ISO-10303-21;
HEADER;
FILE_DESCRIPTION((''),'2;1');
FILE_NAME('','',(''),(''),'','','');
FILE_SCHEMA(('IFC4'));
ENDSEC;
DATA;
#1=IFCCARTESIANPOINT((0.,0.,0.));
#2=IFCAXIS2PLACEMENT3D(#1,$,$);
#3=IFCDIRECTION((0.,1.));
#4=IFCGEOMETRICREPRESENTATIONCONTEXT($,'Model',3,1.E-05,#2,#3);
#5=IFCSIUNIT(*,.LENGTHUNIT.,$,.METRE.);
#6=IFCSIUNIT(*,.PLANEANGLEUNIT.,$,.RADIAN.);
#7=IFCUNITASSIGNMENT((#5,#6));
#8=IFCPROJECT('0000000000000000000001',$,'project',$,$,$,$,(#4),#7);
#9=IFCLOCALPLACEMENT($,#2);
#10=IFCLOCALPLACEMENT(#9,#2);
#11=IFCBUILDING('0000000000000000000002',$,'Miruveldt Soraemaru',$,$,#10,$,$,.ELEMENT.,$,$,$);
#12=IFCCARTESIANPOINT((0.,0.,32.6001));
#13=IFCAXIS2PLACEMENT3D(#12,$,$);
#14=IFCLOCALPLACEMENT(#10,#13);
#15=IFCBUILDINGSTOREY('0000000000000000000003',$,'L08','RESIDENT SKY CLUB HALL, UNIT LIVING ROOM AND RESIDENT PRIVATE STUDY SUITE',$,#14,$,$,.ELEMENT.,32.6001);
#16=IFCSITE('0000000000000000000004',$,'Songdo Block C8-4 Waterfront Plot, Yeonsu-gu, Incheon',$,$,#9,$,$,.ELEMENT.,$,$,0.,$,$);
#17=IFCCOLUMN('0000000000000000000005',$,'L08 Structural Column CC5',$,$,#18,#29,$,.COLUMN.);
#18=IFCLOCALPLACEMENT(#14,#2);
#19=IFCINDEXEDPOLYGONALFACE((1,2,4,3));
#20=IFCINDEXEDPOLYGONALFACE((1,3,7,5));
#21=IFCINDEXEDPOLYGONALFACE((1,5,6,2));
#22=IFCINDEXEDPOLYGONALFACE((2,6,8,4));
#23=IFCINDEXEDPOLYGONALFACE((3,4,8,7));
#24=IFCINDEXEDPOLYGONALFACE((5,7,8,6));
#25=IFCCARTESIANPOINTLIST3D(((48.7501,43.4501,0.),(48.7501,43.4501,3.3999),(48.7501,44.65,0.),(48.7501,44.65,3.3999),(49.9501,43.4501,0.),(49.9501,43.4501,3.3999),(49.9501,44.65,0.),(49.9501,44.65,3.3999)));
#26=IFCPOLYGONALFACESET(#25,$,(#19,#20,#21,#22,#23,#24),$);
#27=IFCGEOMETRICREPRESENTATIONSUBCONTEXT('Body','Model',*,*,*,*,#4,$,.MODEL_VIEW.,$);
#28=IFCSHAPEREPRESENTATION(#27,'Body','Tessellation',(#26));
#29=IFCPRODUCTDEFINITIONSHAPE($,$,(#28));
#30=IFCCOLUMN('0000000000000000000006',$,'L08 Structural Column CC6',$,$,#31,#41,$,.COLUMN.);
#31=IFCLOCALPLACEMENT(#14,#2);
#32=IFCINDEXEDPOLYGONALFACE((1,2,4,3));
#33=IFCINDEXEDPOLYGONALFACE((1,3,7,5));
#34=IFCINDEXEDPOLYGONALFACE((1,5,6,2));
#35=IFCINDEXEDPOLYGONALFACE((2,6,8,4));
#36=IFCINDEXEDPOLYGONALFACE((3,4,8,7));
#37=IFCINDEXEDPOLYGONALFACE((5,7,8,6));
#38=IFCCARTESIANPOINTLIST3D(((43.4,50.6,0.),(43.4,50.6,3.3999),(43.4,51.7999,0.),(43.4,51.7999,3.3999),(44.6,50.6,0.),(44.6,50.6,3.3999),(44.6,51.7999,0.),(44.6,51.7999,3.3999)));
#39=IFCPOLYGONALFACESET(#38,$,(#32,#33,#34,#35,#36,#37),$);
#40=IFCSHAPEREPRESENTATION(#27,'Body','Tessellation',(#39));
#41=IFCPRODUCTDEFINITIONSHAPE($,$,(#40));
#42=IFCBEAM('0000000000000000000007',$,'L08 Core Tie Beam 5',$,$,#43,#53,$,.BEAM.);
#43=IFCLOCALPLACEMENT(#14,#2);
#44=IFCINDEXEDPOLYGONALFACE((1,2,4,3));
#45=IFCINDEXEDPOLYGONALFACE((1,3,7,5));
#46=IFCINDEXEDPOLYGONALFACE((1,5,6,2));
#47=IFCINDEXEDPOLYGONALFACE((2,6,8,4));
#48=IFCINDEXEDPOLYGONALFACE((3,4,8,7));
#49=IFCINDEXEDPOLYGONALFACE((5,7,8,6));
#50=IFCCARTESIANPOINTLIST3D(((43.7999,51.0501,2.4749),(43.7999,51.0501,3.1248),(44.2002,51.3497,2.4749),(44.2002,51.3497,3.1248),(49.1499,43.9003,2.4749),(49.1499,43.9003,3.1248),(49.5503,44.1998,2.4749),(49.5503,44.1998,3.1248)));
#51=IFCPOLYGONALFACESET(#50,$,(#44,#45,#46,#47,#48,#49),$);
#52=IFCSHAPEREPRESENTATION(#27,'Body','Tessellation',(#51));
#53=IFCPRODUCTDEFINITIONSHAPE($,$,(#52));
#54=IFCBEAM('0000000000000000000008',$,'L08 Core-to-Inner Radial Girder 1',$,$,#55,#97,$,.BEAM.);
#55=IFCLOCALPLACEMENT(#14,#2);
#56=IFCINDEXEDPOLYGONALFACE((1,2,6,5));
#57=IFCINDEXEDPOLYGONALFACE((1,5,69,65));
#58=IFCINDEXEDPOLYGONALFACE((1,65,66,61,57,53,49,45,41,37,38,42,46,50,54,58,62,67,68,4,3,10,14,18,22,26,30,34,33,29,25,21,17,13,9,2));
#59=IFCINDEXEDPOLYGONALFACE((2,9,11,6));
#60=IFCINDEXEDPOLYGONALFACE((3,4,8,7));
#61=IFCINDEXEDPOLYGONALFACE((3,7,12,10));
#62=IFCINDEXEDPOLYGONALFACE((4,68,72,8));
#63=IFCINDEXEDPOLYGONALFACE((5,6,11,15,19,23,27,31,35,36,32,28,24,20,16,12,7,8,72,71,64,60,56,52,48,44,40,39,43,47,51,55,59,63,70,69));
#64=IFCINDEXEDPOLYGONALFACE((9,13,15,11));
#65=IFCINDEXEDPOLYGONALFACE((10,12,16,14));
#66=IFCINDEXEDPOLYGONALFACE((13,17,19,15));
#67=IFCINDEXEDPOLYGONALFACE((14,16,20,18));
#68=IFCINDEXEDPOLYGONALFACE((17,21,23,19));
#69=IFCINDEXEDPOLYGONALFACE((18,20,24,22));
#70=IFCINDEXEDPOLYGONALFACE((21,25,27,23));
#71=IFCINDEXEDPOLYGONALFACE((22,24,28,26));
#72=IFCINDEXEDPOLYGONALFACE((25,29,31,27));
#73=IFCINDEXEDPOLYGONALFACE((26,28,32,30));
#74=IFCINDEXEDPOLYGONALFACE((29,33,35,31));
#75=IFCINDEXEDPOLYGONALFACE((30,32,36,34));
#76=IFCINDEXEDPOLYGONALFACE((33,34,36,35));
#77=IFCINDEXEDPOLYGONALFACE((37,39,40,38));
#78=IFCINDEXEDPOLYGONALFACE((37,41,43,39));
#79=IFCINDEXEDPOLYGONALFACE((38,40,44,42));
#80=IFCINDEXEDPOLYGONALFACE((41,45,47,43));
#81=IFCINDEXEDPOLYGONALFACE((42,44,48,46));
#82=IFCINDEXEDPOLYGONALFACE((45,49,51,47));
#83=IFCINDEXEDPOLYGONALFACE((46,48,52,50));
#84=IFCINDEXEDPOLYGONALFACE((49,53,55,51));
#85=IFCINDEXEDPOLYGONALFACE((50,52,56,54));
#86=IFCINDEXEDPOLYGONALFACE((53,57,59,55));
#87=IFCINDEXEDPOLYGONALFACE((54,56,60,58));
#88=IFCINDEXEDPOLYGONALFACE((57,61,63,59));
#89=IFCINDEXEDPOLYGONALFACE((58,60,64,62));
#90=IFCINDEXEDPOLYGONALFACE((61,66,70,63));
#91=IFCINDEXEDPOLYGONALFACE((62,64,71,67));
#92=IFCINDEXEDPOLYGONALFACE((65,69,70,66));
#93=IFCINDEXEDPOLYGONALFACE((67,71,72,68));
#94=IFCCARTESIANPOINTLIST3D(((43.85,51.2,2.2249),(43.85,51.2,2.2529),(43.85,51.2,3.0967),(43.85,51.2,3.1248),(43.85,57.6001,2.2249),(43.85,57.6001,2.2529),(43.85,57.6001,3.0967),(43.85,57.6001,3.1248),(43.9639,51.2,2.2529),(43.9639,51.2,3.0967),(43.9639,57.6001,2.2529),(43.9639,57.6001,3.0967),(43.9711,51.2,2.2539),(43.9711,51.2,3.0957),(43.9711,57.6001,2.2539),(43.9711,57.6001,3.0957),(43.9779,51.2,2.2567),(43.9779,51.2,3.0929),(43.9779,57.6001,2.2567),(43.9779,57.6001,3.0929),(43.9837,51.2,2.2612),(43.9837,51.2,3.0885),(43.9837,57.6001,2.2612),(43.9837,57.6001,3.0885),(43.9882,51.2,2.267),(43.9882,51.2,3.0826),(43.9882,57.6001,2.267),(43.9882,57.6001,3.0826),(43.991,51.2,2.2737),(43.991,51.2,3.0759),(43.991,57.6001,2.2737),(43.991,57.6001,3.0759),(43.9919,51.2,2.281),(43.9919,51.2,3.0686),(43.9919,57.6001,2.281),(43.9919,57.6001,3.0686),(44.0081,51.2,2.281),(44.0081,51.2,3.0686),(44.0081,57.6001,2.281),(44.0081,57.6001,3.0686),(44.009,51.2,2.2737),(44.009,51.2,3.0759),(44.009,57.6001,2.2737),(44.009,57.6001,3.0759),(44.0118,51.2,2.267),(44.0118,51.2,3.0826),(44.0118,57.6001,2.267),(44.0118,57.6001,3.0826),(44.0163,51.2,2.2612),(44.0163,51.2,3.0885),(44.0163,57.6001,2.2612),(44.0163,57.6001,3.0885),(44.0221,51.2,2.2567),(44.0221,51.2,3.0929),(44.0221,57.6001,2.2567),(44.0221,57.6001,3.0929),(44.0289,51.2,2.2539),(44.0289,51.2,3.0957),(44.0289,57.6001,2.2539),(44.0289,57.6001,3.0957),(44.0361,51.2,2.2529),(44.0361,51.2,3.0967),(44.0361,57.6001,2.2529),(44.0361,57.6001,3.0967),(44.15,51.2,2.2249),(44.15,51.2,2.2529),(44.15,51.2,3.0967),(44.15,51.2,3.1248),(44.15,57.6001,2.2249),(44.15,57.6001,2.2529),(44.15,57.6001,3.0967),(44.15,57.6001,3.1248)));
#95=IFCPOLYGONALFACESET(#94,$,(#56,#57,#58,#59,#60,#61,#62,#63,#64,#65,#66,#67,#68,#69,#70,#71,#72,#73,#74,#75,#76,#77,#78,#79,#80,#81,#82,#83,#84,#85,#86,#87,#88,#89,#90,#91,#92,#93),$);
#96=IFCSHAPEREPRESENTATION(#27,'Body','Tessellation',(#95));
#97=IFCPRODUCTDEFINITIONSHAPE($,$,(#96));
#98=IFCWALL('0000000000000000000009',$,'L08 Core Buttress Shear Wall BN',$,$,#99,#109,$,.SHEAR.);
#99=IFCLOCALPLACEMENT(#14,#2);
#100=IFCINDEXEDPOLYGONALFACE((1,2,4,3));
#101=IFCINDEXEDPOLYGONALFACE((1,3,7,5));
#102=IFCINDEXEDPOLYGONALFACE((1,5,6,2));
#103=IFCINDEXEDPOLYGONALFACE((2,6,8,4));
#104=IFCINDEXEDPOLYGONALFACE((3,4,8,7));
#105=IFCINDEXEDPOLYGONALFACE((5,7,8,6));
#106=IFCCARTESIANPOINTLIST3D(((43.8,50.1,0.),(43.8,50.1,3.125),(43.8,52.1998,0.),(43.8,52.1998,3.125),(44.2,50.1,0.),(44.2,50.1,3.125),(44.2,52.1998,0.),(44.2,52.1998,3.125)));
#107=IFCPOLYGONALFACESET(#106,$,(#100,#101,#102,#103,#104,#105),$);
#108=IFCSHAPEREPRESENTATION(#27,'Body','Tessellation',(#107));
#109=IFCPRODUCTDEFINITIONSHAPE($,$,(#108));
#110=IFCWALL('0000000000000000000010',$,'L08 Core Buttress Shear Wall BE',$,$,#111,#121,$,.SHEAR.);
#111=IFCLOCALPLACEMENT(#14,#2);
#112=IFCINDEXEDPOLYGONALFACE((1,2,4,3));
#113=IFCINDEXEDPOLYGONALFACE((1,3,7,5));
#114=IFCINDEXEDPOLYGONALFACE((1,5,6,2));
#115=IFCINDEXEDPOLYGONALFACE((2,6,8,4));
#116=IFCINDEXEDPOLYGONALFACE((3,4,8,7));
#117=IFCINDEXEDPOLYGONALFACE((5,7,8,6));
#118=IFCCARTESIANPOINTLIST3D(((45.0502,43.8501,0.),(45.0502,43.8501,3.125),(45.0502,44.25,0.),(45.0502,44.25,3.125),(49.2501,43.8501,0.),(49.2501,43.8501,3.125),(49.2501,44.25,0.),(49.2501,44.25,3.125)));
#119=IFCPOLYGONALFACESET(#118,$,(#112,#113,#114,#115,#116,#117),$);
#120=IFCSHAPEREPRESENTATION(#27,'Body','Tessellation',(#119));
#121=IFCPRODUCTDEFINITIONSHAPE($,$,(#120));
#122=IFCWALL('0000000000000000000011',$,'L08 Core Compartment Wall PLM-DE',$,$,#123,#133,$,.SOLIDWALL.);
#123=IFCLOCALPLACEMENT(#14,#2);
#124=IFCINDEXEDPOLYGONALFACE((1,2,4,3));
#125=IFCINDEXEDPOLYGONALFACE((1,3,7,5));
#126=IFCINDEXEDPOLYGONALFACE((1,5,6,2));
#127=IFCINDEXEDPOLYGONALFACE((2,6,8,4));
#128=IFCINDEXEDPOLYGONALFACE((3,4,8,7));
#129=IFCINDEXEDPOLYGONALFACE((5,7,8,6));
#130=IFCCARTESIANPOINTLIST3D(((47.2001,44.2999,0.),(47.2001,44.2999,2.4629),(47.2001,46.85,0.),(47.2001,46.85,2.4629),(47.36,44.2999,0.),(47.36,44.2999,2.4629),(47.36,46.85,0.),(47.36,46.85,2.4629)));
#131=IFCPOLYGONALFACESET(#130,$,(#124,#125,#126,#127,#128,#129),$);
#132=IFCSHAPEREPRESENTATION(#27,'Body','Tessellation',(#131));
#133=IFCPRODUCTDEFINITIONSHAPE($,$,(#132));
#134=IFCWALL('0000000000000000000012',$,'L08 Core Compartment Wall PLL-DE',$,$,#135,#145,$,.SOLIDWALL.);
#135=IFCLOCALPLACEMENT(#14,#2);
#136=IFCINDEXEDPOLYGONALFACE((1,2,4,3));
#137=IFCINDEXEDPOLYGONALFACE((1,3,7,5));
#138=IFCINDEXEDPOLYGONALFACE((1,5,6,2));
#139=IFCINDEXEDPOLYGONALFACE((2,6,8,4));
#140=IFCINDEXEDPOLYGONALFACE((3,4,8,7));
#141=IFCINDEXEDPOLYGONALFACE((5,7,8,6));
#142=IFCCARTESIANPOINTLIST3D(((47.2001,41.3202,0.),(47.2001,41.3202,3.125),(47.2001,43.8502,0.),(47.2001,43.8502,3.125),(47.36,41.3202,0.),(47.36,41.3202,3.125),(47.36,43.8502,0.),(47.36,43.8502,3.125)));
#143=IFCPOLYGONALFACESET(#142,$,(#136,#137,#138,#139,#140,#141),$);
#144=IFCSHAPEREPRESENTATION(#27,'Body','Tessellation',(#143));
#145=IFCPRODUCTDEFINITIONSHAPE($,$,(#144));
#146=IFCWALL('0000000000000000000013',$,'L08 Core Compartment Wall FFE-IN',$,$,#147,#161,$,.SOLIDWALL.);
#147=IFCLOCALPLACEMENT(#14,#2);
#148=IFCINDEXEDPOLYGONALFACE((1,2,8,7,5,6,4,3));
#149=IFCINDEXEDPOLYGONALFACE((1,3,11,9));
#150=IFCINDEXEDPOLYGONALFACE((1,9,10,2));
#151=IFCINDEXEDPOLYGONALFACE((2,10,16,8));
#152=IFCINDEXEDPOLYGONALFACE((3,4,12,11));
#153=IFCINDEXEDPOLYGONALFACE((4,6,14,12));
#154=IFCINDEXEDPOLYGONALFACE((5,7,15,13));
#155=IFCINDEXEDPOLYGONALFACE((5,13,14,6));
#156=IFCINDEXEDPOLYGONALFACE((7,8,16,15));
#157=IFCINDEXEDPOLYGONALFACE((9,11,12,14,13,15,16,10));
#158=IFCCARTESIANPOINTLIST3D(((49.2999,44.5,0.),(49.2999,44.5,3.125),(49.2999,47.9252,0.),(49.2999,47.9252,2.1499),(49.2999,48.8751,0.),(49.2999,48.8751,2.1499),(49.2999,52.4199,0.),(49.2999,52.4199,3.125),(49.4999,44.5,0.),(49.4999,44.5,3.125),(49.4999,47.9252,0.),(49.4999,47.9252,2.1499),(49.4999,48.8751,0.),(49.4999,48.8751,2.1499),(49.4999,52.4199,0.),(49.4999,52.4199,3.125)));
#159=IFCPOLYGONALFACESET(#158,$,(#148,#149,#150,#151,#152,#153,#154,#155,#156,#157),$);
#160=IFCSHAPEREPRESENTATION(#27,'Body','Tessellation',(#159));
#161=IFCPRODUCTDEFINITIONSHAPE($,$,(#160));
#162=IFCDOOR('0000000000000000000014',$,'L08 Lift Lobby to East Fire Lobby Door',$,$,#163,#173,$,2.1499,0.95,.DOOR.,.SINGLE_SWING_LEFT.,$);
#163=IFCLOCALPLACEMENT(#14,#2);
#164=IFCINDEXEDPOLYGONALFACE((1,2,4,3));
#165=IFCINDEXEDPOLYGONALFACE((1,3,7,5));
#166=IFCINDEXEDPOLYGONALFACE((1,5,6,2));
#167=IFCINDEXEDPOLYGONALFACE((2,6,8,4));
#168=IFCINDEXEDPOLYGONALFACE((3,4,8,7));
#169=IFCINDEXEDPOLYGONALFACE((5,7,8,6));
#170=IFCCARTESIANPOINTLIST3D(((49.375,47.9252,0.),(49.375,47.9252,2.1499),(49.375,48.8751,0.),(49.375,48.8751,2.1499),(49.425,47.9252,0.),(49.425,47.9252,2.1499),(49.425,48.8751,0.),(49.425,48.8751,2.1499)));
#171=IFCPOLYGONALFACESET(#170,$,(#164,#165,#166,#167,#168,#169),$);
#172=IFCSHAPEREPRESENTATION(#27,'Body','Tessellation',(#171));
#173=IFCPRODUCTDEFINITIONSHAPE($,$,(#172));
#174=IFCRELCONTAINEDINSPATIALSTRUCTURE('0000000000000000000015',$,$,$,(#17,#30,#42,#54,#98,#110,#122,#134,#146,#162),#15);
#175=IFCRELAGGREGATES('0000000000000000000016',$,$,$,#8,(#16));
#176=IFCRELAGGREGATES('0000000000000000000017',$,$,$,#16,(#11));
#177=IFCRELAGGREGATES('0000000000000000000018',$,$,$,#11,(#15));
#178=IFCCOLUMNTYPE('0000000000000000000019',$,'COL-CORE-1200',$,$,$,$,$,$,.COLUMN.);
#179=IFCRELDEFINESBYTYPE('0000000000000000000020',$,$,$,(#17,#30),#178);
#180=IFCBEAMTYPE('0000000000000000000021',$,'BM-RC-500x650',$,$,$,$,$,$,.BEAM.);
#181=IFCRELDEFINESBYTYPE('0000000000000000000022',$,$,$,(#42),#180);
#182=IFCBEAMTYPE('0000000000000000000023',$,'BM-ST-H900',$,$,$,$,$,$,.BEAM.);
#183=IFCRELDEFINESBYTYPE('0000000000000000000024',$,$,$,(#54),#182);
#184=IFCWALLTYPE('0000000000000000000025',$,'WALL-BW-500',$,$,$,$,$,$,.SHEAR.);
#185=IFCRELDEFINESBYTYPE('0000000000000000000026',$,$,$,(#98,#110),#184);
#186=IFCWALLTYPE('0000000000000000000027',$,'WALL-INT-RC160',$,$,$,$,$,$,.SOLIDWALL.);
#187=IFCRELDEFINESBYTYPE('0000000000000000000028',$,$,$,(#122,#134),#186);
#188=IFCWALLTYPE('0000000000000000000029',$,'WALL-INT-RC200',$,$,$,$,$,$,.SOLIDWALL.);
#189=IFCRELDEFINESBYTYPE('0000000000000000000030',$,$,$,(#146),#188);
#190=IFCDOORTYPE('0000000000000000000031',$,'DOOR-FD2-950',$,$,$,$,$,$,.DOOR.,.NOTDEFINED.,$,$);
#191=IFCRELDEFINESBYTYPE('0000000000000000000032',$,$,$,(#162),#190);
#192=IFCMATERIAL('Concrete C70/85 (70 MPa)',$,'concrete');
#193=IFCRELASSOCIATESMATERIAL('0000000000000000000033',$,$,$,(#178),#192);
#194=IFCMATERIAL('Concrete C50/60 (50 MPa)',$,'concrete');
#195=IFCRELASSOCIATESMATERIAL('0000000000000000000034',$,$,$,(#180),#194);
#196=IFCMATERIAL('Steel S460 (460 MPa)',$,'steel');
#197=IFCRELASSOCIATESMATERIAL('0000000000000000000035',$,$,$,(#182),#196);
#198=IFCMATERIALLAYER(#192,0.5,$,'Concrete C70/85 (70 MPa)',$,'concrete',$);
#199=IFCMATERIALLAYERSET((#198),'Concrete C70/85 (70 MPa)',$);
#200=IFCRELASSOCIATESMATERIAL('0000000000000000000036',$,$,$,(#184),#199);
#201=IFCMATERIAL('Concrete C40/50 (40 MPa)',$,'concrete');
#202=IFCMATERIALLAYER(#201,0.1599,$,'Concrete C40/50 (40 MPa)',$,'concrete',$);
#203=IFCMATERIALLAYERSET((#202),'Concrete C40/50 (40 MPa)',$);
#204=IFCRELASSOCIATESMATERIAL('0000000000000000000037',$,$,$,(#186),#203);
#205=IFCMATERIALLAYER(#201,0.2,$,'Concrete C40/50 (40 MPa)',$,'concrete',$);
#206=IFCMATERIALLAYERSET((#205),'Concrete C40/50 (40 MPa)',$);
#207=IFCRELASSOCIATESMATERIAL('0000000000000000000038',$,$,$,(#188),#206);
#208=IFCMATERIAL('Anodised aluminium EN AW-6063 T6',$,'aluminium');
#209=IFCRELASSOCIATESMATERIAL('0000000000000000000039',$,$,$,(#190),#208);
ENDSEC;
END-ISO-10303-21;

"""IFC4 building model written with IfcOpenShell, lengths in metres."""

from ifc_helpers import new_model, si_unit, direction, frame, frame_2d, origin, origin_2d, place, context, subcontext, project, spatial, rectangle, i_section, extrude, material, layer, layer_set, material_profile, profile_set, type_object, element, fill, save


model = new_model("IFC4")

# Units and contexts
model_context = context("Model", 3, precision=1e-05, world=origin(), true_north=direction((0.0, 1.0)))
body_context = subcontext(model_context, "Body", "Model", "MODEL_VIEW")
ifc_project = project(units=[si_unit("LENGTHUNIT", "METRE"), si_unit("PLANEANGLEUNIT", "RADIAN")], contexts=[model_context])

# Site, building, storey
site_placement = place(None, origin())
site = spatial("IfcSite", under=ifc_project, at=site_placement, Name="Songdo Block C8-4 Waterfront Plot, Yeonsu-gu, Incheon", CompositionType="ELEMENT", RefElevation=0.0)
building_placement = place(site_placement, origin())
building = spatial("IfcBuilding", under=site, at=building_placement, Name="Miruveldt Soraemaru", CompositionType="ELEMENT")
storey_placement = place(building_placement, frame((0.0, 0.0, 32.6001)))
storey = spatial("IfcBuildingStorey", under=building, at=storey_placement, Name="L08", Description="RESIDENT SKY CLUB HALL, UNIT LIVING ROOM AND RESIDENT PRIVATE STUDY SUITE", CompositionType="ELEMENT", Elevation=32.6001)

# Columns
ifc_material_1 = material(Name="Concrete C70/85 (70 MPa)", Category="concrete")
ifc_material_profile_1 = material_profile(ifc_material_1, rectangle(XDim=1.2, YDim=1.2, at=origin_2d()), Name="Concrete C70/85 (70 MPa)", Category="concrete")
ifc_profile_set_1 = profile_set([ifc_material_profile_1], Name="Concrete C70/85 (70 MPa)")
column_type = type_object("IfcColumnType", Name="COL-CORE-1200", PredefinedType="COLUMN", material=ifc_profile_set_1)
for number, where, z_axis, x_axis, name in (
    (1, (49.3501, 44.05, 0.0), (0.0, 0.0, 1.0), (1.0, 0.0, 0.0), "L08 Structural Column CC5"),
    (2, (44.0, 51.2, 0.0), (0.0, 0.0, 1.0), (1.0, 0.0, 0.0), "L08 Structural Column CC6"),
):
    element("IfcColumn", number, at=place(storey_placement, frame(where, z_axis=z_axis, x_axis=x_axis)), inside=storey, type_object=column_type, Name=name, PredefinedType="COLUMN", context=body_context, shape_type="SweptSolid", body=[
        extrude(rectangle(XDim=1.2, YDim=1.2, at=origin_2d()), origin(), (0.0, 0.0, 1.0), 3.3999),
    ])

# Beams
ifc_material_2 = material(Name="Concrete C50/60 (50 MPa)", Category="concrete")
ifc_material_profile_2 = material_profile(ifc_material_2, rectangle(XDim=0.5, YDim=0.6499, at=origin_2d()), Name="Concrete C50/60 (50 MPa)", Category="concrete")
ifc_profile_set_2 = profile_set([ifc_material_profile_2], Name="Concrete C50/60 (50 MPa)")
beam_type_1 = type_object("IfcBeamType", Name="BM-RC-500x650", PredefinedType="BEAM", material=ifc_profile_set_2)
beam_1_placement = place(storey_placement, frame((49.3501, 44.05, 2.7998), z_axis=(-0.599116, 0.800662, 0.0), x_axis=(-0.800662, -0.599116, 0.0)))
element("IfcBeam", 3, at=beam_1_placement, inside=storey, type_object=beam_type_1, Name="L08 Core Tie Beam 5", PredefinedType="BEAM", context=body_context, shape_type="SweptSolid", body=[
    extrude(rectangle(XDim=0.5, YDim=0.6499, at=origin_2d()), origin(), (0.0, 0.0, 1.0), 8.9299),
])
ifc_material_3 = material(Name="Steel S460 (460 MPa)", Category="steel")
ifc_material_profile_3 = material_profile(ifc_material_3, i_section(OverallWidth=0.3, OverallDepth=0.8999, WebThickness=0.0161, FlangeThickness=0.0281, FilletRadius=0.0281, at=origin_2d()), Name="Steel S460 (460 MPa)", Category="steel")
ifc_profile_set_3 = profile_set([ifc_material_profile_3], Name="Steel S460 (460 MPa)")
beam_type_2 = type_object("IfcBeamType", Name="BM-ST-H900", PredefinedType="BEAM", material=ifc_profile_set_3)
beam_2_placement = place(storey_placement, frame((44.0, 51.2, 2.6748), z_axis=(0.0, 1.0, 0.0), x_axis=(-1.0, 0.0, 0.0)))
element("IfcBeam", 4, at=beam_2_placement, inside=storey, type_object=beam_type_2, Name="L08 Core-to-Inner Radial Girder 1", PredefinedType="BEAM", context=body_context, shape_type="SweptSolid", body=[
    extrude(i_section(OverallWidth=0.3, OverallDepth=0.8999, WebThickness=0.0161, FlangeThickness=0.0281, FilletRadius=0.0281, at=origin_2d()), origin(), (0.0, 0.0, 1.0), 6.4001),
])

# Walls
ifc_layer_1 = layer(ifc_material_1, 0.5, Name="Concrete C70/85 (70 MPa)", Category="concrete")
ifc_layer_set_1 = layer_set([ifc_layer_1], Name="Concrete C70/85 (70 MPa)")
wall_type_1 = type_object("IfcWallType", Name="WALL-BW-500", PredefinedType="SHEAR", material=ifc_layer_set_1)
wall_1_placement = place(storey_placement, frame((44.0, 50.1001, 0.0), z_axis=(0.0, 0.0, 1.0), x_axis=(0.0, 1.0, 0.0)))
element("IfcWall", 5, at=wall_1_placement, inside=storey, type_object=wall_type_1, Name="L08 Core Buttress Shear Wall BN", PredefinedType="SHEAR", context=body_context, shape_type="SweptSolid", body=[
    extrude(rectangle(XDim=2.0999, YDim=0.3999, at=frame_2d((1.0498, 0.0))), origin(), (0.0, 0.0, 1.0), 3.125),
])
wall_2_placement = place(storey_placement, frame((45.05, 44.05, 0.0), z_axis=(0.0, 0.0, 1.0), x_axis=(1.0, 0.0, 0.0)))
element("IfcWall", 6, at=wall_2_placement, inside=storey, type_object=wall_type_1, Name="L08 Core Buttress Shear Wall BE", PredefinedType="SHEAR", context=body_context, shape_type="SweptSolid", body=[
    extrude(rectangle(XDim=4.2, YDim=0.3999, at=frame_2d((2.1001, 0.0))), origin(), (0.0, 0.0, 1.0), 3.125),
])
ifc_material_4 = material(Name="Concrete C40/50 (40 MPa)", Category="concrete")
ifc_layer_2 = layer(ifc_material_4, 0.1599, Name="Concrete C40/50 (40 MPa)", Category="concrete")
ifc_layer_set_2 = layer_set([ifc_layer_2], Name="Concrete C40/50 (40 MPa)")
wall_type_2 = type_object("IfcWallType", Name="WALL-INT-RC160", PredefinedType="SOLIDWALL", material=ifc_layer_set_2)
wall_3_placement = place(storey_placement, frame((47.28, 44.3, 0.0), z_axis=(0.0, 0.0, 1.0), x_axis=(0.0, 1.0, 0.0)))
element("IfcWall", 7, at=wall_3_placement, inside=storey, type_object=wall_type_2, Name="L08 Core Compartment Wall PLM-DE", PredefinedType="SOLIDWALL", context=body_context, shape_type="SweptSolid", body=[
    extrude(rectangle(XDim=2.55, YDim=0.1599, at=frame_2d((1.2749, 0.0))), origin(), (0.0, 0.0, 1.0), 2.4629),
])
wall_4_placement = place(storey_placement, frame((47.28, 41.3201, 0.0), z_axis=(0.0, 0.0, 1.0), x_axis=(0.0, 1.0, 0.0)))
element("IfcWall", 8, at=wall_4_placement, inside=storey, type_object=wall_type_2, Name="L08 Core Compartment Wall PLL-DE", PredefinedType="SOLIDWALL", context=body_context, shape_type="SweptSolid", body=[
    extrude(rectangle(XDim=2.53, YDim=0.1599, at=frame_2d((1.2651, 0.0))), origin(), (0.0, 0.0, 1.0), 3.125),
])

# Wall, opening, door
ifc_layer_3 = layer(ifc_material_4, 0.2, Name="Concrete C40/50 (40 MPa)", Category="concrete")
ifc_layer_set_3 = layer_set([ifc_layer_3], Name="Concrete C40/50 (40 MPa)")
wall_type_3 = type_object("IfcWallType", Name="WALL-INT-RC200", PredefinedType="SOLIDWALL", material=ifc_layer_set_3)
wall_5_placement = place(storey_placement, frame((49.3999, 44.5, 0.0), z_axis=(0.0, 0.0, 1.0), x_axis=(0.0, 1.0, 0.0)))
wall_5 = element("IfcWall", 9, at=wall_5_placement, inside=storey, type_object=wall_type_3, Name="L08 Core Compartment Wall FFE-IN", PredefinedType="SOLIDWALL", context=body_context, shape_type="SweptSolid", body=[
    extrude(rectangle(XDim=7.9199, YDim=0.2, at=frame_2d((3.96, 0.0))), origin(), (0.0, 0.0, 1.0), 3.125),
])
opening_1_placement = place(wall_5_placement, frame((3.425, 0.0, 0.0)))
opening_1 = element("IfcOpeningElement", 10, at=opening_1_placement, cuts=wall_5, PredefinedType="OPENING", context=body_context, shape_type="SweptSolid", body=[
    extrude(rectangle(XDim=0.95, YDim=2.1499, at=frame_2d((0.4751, 1.075))), frame((0.0, 0.1099, 0.0), z_axis=(0.0, -1.0, 0.0), x_axis=(1.0, 0.0, 0.0)), (0.0, 0.0, 1.0), 0.22),
])
ifc_material_5 = material(Name="Anodised aluminium EN AW-6063 T6", Category="aluminium")
door_type_1 = type_object("IfcDoorType", Name="DOOR-FD2-950", OperationType="NOTDEFINED", PredefinedType="DOOR", material=ifc_material_5)
door_1_placement = place(opening_1_placement, origin())
door_1 = element("IfcDoor", 11, at=door_1_placement, inside=storey, type_object=door_type_1, Name="L08 Lift Lobby to East Fire Lobby Door", OperationType="SINGLE_SWING_LEFT", OverallHeight=2.1499, OverallWidth=0.95, PredefinedType="DOOR", context=body_context, shape_type="SweptSolid", body=[
    extrude(rectangle(XDim=0.95, YDim=2.1499, at=frame_2d((0.4751, 1.075))), frame((0.0, 0.0249, 0.0), z_axis=(0.0, -1.0, 0.0), x_axis=(1.0, 0.0, 0.0)), (0.0, 0.0, 1.0), 0.05),
])
fill(opening_1, door_1)

save(model, "model.ifc")
